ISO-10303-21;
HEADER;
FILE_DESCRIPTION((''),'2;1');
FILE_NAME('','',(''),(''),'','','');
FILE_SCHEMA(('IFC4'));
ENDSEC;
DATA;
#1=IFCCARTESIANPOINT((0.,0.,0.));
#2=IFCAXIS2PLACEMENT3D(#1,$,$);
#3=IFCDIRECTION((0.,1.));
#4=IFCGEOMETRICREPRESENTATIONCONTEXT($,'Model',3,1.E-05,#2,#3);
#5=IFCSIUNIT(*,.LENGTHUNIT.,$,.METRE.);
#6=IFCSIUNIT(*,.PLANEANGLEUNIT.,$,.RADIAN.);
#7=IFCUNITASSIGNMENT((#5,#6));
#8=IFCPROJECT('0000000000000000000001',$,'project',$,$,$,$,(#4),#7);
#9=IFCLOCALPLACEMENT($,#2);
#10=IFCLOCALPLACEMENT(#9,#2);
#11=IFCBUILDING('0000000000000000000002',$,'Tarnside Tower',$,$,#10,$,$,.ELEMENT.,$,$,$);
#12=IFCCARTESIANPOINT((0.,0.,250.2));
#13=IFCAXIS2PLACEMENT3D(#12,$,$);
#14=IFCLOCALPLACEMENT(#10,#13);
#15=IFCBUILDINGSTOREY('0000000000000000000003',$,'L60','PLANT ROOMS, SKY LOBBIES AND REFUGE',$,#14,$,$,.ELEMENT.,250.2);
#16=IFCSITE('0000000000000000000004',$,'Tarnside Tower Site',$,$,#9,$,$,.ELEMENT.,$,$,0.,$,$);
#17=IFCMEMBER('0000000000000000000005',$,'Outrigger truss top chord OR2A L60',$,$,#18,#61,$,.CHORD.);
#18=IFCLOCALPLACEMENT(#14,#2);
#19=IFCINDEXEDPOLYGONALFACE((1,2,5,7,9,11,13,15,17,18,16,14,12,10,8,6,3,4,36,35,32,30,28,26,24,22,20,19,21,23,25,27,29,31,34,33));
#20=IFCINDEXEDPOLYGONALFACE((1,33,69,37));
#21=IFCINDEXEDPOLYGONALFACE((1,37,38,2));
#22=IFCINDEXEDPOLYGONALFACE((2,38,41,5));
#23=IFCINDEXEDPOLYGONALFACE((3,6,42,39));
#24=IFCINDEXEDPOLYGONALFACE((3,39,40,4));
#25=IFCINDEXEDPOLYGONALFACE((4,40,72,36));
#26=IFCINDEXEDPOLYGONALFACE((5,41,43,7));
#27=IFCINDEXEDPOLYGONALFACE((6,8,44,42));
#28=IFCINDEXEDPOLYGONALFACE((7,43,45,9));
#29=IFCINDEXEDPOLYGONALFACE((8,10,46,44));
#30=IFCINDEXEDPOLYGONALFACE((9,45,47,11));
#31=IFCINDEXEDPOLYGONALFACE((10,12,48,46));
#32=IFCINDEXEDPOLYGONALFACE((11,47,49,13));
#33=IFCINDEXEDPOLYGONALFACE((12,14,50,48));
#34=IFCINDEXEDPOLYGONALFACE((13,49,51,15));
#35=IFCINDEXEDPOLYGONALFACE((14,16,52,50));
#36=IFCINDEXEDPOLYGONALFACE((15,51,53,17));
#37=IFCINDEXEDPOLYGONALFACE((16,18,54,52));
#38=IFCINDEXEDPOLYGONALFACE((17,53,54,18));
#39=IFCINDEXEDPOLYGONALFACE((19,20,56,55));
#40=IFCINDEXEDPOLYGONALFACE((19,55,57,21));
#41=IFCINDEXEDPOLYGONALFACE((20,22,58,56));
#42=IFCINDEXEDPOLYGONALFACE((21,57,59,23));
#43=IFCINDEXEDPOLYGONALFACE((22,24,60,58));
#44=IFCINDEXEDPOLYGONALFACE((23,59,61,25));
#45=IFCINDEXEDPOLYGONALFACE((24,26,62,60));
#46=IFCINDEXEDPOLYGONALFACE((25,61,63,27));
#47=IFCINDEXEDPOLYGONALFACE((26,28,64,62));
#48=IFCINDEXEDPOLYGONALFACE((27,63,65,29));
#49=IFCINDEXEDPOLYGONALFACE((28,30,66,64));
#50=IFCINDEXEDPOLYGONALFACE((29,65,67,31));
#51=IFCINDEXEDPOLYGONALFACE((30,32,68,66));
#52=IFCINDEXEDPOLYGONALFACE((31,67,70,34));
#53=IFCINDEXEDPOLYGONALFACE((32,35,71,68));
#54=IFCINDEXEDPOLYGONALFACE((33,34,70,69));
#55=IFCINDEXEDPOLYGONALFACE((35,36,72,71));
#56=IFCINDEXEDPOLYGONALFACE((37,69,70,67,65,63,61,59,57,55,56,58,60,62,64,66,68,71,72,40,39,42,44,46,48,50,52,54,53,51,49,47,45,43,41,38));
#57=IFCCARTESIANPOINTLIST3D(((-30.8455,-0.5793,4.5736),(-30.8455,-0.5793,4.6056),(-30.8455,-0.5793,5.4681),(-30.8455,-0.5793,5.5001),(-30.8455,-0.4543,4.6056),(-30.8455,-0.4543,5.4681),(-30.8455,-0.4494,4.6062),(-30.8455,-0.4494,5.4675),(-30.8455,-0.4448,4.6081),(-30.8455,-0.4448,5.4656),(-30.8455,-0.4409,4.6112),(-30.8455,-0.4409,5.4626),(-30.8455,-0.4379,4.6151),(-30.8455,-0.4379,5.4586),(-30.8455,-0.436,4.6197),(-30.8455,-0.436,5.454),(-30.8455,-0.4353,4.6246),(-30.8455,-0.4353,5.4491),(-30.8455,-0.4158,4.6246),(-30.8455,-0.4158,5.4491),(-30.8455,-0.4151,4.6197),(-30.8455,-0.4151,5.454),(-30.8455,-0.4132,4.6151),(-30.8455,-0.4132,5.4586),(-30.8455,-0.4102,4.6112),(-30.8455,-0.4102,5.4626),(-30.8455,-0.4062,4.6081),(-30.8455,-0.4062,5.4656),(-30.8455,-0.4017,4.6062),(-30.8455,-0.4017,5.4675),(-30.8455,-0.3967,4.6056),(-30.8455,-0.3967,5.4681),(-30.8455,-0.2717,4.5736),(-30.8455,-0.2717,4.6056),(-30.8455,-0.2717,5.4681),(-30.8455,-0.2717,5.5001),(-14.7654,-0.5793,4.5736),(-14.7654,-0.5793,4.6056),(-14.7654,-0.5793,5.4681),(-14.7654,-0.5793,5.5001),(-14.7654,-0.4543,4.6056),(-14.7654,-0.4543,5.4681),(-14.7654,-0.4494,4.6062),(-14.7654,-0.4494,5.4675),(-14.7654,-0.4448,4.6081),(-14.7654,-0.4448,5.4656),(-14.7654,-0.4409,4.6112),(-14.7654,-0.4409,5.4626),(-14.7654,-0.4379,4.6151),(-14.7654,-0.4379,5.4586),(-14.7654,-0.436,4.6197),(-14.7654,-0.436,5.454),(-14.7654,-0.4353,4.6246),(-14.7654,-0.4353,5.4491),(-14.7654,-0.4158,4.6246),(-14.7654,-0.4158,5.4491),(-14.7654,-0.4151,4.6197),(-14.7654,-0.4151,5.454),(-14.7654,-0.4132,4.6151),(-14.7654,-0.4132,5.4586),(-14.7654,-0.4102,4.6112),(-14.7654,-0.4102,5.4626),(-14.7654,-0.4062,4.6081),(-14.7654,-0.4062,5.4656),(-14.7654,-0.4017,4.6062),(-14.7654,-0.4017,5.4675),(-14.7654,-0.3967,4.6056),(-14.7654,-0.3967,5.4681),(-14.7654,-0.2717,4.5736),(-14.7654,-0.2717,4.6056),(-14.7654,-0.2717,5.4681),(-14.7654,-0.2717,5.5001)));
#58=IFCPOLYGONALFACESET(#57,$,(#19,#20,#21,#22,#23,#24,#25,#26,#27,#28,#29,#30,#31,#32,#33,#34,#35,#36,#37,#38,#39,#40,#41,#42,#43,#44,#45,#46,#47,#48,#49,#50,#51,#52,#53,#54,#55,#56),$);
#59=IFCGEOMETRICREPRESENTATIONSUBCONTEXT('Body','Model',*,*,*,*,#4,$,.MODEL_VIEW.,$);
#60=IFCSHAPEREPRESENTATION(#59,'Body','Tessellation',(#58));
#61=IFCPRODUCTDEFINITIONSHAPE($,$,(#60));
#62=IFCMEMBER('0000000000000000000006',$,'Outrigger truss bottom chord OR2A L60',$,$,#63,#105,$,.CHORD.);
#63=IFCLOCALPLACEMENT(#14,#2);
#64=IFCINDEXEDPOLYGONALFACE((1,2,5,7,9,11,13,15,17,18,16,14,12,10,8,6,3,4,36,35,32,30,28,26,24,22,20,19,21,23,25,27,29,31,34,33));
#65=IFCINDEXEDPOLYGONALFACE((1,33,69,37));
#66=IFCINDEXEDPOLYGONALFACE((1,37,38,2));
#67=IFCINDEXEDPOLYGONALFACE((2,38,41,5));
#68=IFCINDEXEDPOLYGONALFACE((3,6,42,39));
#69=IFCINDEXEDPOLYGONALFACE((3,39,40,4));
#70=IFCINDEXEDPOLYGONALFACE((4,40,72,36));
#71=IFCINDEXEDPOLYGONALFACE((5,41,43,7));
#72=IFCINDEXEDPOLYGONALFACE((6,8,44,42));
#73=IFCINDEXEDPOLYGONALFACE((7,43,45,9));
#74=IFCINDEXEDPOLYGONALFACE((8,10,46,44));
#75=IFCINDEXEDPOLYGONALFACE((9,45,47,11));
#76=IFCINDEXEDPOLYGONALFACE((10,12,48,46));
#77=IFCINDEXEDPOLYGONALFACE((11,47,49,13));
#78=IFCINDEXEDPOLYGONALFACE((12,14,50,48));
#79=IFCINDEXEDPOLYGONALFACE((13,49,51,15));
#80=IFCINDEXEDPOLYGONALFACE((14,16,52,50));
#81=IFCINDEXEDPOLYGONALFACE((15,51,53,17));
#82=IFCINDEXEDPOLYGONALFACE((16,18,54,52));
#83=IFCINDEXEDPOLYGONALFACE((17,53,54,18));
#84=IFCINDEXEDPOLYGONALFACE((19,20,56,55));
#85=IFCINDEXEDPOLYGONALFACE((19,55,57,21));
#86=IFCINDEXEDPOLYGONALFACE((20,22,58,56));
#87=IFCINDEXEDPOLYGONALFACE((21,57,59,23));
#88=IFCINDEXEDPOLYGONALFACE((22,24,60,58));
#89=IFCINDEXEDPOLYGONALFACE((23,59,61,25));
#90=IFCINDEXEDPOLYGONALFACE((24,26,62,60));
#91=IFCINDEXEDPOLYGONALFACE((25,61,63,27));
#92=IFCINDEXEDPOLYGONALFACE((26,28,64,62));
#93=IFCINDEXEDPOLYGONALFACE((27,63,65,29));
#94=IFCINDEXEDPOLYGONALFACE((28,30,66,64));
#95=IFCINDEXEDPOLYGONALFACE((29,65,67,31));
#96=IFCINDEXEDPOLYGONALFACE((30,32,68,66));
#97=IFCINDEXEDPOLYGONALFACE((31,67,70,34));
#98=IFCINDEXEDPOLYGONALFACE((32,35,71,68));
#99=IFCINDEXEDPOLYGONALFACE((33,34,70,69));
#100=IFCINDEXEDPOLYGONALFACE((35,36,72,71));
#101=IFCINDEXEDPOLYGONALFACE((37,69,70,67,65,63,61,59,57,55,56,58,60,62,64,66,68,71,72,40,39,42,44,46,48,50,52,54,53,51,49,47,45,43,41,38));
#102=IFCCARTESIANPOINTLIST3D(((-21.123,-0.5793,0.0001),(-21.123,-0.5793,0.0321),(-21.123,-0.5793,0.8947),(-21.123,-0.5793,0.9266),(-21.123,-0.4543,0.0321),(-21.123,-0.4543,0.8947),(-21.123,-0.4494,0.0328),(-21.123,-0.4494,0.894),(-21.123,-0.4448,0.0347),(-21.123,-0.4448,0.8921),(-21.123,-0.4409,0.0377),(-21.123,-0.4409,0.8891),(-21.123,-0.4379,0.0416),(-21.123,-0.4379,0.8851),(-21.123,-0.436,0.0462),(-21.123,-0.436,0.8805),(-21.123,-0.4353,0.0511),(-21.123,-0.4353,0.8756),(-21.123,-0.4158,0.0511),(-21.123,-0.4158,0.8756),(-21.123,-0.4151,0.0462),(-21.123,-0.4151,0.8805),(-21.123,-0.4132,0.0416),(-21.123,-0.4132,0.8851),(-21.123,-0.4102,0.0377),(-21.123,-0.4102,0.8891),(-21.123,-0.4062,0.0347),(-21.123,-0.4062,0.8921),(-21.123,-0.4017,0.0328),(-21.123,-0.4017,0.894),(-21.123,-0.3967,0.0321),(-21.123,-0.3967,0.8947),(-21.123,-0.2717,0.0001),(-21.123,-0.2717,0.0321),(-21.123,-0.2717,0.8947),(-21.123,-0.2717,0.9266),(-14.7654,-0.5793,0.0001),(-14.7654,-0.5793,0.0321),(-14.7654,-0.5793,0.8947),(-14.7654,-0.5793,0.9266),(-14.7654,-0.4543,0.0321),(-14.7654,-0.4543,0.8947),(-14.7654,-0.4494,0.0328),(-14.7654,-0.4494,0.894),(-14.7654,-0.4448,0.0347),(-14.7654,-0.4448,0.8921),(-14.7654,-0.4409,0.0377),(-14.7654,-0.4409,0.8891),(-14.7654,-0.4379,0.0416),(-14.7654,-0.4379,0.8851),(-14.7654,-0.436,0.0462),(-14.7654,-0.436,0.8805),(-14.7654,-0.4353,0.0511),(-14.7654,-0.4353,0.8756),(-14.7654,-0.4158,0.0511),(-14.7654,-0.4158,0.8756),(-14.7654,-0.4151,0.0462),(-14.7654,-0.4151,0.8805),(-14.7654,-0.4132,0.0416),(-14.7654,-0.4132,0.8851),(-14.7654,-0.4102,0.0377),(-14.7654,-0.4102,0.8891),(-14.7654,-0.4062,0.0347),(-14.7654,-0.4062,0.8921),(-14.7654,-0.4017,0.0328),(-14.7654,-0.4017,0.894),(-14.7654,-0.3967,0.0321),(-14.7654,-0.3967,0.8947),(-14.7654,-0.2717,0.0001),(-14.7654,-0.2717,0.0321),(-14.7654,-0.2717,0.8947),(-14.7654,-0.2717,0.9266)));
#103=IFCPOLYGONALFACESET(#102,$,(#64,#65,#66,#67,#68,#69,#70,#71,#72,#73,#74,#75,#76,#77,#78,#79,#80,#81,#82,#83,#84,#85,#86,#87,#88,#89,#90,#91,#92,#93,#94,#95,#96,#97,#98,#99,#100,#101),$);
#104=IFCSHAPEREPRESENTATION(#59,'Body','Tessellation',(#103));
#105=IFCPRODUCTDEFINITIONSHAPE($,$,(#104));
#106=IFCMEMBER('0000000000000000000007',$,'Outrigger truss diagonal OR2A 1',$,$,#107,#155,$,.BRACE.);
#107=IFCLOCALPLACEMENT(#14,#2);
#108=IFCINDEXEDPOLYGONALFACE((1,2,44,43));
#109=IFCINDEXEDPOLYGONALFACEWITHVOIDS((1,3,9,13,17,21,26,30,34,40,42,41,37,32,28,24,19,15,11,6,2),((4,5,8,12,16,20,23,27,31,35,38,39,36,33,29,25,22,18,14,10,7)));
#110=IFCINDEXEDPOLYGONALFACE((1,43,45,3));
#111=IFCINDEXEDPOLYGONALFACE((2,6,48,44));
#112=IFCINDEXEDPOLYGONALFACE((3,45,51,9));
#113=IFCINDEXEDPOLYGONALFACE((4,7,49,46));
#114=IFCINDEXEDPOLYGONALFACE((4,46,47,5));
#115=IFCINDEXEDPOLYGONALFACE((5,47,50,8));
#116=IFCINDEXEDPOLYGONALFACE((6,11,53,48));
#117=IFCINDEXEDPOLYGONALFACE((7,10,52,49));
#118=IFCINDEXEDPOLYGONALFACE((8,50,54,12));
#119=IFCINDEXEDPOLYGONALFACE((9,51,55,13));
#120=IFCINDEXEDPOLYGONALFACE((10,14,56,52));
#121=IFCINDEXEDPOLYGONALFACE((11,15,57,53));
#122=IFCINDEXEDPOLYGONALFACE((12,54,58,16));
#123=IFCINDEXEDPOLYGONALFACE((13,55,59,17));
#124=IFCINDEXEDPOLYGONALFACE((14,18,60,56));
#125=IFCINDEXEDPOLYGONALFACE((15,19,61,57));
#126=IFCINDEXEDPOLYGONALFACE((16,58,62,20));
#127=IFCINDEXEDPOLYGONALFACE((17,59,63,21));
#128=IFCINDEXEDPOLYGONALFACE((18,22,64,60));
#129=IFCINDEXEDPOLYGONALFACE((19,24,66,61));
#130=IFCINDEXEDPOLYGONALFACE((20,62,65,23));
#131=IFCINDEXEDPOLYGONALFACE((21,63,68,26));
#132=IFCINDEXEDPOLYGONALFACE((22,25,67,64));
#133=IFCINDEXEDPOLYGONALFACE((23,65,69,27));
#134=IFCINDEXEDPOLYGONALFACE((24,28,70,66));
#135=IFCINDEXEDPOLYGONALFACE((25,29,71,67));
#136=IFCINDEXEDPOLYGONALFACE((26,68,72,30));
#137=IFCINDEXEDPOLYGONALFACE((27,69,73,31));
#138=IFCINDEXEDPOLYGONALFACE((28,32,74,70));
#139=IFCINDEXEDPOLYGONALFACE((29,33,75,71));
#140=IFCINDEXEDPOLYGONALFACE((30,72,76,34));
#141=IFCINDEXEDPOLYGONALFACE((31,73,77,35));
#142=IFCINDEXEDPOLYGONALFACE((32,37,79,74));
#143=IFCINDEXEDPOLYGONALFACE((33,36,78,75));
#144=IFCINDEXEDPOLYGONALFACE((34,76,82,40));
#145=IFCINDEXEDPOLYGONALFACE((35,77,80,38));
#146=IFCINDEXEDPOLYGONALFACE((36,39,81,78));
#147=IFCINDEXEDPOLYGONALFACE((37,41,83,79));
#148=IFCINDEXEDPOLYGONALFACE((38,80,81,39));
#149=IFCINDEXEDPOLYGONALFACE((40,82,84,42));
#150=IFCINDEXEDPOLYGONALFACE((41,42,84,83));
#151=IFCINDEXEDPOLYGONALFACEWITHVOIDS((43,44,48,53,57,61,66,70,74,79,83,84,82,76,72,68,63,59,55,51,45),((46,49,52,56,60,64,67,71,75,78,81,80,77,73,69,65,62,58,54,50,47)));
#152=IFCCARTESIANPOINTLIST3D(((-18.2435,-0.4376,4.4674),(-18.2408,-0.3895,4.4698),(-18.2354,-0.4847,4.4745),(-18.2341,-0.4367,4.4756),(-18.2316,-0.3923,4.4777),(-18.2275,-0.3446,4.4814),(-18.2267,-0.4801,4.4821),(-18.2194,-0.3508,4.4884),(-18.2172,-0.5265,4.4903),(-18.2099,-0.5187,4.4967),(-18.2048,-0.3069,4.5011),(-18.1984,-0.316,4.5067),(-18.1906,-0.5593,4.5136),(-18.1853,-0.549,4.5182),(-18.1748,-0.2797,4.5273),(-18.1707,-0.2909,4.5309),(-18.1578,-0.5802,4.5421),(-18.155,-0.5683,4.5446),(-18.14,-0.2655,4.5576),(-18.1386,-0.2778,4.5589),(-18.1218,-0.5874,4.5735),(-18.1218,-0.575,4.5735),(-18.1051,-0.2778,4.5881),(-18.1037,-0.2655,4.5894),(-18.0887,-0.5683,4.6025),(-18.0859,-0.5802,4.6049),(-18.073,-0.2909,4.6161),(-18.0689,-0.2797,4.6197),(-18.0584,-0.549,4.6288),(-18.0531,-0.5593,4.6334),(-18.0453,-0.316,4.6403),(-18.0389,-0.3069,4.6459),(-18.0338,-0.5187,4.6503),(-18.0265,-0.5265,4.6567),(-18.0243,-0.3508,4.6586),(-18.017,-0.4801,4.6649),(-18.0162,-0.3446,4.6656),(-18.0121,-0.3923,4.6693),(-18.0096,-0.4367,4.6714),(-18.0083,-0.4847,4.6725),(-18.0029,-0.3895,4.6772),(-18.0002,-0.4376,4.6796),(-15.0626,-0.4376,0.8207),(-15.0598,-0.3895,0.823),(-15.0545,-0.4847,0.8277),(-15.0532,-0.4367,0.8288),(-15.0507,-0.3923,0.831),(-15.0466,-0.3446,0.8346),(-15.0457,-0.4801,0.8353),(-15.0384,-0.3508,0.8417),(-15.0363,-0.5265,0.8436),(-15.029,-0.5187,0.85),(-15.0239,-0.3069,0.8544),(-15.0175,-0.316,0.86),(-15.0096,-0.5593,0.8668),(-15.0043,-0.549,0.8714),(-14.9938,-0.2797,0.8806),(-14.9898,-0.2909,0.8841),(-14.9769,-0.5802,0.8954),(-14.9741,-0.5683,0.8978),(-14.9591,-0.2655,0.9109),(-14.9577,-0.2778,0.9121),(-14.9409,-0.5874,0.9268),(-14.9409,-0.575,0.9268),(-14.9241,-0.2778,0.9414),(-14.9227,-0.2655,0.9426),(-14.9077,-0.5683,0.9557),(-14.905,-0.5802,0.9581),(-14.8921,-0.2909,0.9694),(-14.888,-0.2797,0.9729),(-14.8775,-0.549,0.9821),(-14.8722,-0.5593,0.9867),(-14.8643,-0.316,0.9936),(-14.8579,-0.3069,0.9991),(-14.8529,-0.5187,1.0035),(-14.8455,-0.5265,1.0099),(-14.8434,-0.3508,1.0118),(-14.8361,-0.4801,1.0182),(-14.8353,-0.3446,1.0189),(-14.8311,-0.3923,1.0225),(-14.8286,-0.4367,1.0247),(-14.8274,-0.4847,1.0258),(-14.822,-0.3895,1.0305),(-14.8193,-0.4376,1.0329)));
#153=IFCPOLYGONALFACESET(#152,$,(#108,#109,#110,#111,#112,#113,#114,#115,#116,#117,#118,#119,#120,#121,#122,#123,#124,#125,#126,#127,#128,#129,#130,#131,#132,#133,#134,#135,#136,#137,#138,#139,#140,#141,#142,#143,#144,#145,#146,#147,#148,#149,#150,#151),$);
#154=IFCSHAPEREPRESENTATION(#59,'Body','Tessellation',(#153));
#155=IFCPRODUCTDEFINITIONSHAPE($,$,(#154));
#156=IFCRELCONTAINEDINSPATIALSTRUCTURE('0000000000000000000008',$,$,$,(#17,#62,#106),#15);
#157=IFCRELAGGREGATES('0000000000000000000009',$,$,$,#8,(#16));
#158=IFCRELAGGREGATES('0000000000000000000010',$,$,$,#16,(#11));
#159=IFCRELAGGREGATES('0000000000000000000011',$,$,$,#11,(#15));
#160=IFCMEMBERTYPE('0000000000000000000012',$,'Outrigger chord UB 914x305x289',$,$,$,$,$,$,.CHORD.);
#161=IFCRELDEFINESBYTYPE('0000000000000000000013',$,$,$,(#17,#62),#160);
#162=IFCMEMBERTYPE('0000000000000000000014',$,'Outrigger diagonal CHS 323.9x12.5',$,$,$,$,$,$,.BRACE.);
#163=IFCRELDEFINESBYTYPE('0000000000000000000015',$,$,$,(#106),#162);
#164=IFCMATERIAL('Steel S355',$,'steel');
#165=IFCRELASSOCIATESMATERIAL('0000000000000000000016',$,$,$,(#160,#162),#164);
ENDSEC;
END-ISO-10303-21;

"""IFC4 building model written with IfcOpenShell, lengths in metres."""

from ifc_helpers import new_model, si_unit, direction, frame, origin, origin_2d, place, context, subcontext, project, spatial, hollow_circle, i_section, extrude, material, material_profile, profile_set, type_object, element, save


model = new_model("IFC4")

# Units and contexts
model_context = context("Model", 3, precision=1e-05, world=origin(), true_north=direction((0.0, 1.0)))
body_context = subcontext(model_context, "Body", "Model", "MODEL_VIEW")
ifc_project = project(units=[si_unit("LENGTHUNIT", "METRE"), si_unit("PLANEANGLEUNIT", "RADIAN")], contexts=[model_context])

# Site, building, storey
site_placement = place(None, origin())
site = spatial("IfcSite", under=ifc_project, at=site_placement, Name="Tarnside Tower Site", CompositionType="ELEMENT", RefElevation=0.0)
building_placement = place(site_placement, origin())
building = spatial("IfcBuilding", under=site, at=building_placement, Name="Tarnside Tower", CompositionType="ELEMENT")
storey_placement = place(building_placement, frame((0.0, 0.0, 250.2)))
storey = spatial("IfcBuildingStorey", under=building, at=storey_placement, Name="L60", Description="PLANT ROOMS, SKY LOBBIES AND REFUGE", CompositionType="ELEMENT", Elevation=250.2)

# Members
ifc_material_1 = material(Name="Steel S355", Category="steel")
ifc_material_profile_1 = material_profile(ifc_material_1, i_section(OverallWidth=0.3076, OverallDepth=0.9265, WebThickness=0.0195, FlangeThickness=0.032, FilletRadius=0.019, at=origin_2d()), Name="UB 914x305x289")
ifc_profile_set_1 = profile_set([ifc_material_profile_1], Name="Steel S355")
member_type_1 = type_object("IfcMemberType", Name="Outrigger chord UB 914x305x289", PredefinedType="CHORD", material=ifc_profile_set_1)
member_1_placement = place(storey_placement, frame((-14.7654, -0.4255, 5.0369), z_axis=(-1.0, 0.0, 0.0), x_axis=(0.0, -1.0, 0.0)))
element("IfcMember", 1, at=member_1_placement, inside=storey, type_object=member_type_1, Name="Outrigger truss top chord OR2A L60", PredefinedType="CHORD", context=body_context, shape_type="SweptSolid", body=[
    extrude(i_section(OverallWidth=0.3076, OverallDepth=0.9265, WebThickness=0.0195, FlangeThickness=0.032, FilletRadius=0.019, at=origin_2d()), origin(), (0.0, 0.0, 1.0), 16.0801),
])
member_2_placement = place(storey_placement, frame((-14.7654, -0.4255, 0.4634), z_axis=(-1.0, 0.0, 0.0), x_axis=(0.0, -1.0, 0.0)))
element("IfcMember", 2, at=member_2_placement, inside=storey, type_object=member_type_1, Name="Outrigger truss bottom chord OR2A L60", PredefinedType="CHORD", context=body_context, shape_type="SweptSolid", body=[
    extrude(i_section(OverallWidth=0.3076, OverallDepth=0.9265, WebThickness=0.0195, FlangeThickness=0.032, FilletRadius=0.019, at=origin_2d()), origin(), (0.0, 0.0, 1.0), 6.3577),
])
ifc_material_profile_2 = material_profile(ifc_material_1, hollow_circle(Radius=0.1619, WallThickness=0.0125, at=origin_2d()), Name="CHS 323.9x12.5")
ifc_profile_set_2 = profile_set([ifc_material_profile_2], Name="Steel S355")
member_type_2 = type_object("IfcMemberType", Name="Outrigger diagonal CHS 323.9x12.5", PredefinedType="BRACE", material=ifc_profile_set_2)
member_3_placement = place(storey_placement, frame((-14.9409, -0.4255, 0.9268), z_axis=(-0.657336, 0.0, 0.753598), x_axis=(0.0, -1.0, 0.0)))
element("IfcMember", 3, at=member_3_placement, inside=storey, type_object=member_type_2, Name="Outrigger truss diagonal OR2A 1", PredefinedType="BRACE", context=body_context, shape_type="SweptSolid", body=[
    extrude(hollow_circle(Radius=0.1619, WallThickness=0.0125, at=origin_2d()), origin(), (0.0, 0.0, 1.0), 4.8391),
])

save(model, "model.ifc")
